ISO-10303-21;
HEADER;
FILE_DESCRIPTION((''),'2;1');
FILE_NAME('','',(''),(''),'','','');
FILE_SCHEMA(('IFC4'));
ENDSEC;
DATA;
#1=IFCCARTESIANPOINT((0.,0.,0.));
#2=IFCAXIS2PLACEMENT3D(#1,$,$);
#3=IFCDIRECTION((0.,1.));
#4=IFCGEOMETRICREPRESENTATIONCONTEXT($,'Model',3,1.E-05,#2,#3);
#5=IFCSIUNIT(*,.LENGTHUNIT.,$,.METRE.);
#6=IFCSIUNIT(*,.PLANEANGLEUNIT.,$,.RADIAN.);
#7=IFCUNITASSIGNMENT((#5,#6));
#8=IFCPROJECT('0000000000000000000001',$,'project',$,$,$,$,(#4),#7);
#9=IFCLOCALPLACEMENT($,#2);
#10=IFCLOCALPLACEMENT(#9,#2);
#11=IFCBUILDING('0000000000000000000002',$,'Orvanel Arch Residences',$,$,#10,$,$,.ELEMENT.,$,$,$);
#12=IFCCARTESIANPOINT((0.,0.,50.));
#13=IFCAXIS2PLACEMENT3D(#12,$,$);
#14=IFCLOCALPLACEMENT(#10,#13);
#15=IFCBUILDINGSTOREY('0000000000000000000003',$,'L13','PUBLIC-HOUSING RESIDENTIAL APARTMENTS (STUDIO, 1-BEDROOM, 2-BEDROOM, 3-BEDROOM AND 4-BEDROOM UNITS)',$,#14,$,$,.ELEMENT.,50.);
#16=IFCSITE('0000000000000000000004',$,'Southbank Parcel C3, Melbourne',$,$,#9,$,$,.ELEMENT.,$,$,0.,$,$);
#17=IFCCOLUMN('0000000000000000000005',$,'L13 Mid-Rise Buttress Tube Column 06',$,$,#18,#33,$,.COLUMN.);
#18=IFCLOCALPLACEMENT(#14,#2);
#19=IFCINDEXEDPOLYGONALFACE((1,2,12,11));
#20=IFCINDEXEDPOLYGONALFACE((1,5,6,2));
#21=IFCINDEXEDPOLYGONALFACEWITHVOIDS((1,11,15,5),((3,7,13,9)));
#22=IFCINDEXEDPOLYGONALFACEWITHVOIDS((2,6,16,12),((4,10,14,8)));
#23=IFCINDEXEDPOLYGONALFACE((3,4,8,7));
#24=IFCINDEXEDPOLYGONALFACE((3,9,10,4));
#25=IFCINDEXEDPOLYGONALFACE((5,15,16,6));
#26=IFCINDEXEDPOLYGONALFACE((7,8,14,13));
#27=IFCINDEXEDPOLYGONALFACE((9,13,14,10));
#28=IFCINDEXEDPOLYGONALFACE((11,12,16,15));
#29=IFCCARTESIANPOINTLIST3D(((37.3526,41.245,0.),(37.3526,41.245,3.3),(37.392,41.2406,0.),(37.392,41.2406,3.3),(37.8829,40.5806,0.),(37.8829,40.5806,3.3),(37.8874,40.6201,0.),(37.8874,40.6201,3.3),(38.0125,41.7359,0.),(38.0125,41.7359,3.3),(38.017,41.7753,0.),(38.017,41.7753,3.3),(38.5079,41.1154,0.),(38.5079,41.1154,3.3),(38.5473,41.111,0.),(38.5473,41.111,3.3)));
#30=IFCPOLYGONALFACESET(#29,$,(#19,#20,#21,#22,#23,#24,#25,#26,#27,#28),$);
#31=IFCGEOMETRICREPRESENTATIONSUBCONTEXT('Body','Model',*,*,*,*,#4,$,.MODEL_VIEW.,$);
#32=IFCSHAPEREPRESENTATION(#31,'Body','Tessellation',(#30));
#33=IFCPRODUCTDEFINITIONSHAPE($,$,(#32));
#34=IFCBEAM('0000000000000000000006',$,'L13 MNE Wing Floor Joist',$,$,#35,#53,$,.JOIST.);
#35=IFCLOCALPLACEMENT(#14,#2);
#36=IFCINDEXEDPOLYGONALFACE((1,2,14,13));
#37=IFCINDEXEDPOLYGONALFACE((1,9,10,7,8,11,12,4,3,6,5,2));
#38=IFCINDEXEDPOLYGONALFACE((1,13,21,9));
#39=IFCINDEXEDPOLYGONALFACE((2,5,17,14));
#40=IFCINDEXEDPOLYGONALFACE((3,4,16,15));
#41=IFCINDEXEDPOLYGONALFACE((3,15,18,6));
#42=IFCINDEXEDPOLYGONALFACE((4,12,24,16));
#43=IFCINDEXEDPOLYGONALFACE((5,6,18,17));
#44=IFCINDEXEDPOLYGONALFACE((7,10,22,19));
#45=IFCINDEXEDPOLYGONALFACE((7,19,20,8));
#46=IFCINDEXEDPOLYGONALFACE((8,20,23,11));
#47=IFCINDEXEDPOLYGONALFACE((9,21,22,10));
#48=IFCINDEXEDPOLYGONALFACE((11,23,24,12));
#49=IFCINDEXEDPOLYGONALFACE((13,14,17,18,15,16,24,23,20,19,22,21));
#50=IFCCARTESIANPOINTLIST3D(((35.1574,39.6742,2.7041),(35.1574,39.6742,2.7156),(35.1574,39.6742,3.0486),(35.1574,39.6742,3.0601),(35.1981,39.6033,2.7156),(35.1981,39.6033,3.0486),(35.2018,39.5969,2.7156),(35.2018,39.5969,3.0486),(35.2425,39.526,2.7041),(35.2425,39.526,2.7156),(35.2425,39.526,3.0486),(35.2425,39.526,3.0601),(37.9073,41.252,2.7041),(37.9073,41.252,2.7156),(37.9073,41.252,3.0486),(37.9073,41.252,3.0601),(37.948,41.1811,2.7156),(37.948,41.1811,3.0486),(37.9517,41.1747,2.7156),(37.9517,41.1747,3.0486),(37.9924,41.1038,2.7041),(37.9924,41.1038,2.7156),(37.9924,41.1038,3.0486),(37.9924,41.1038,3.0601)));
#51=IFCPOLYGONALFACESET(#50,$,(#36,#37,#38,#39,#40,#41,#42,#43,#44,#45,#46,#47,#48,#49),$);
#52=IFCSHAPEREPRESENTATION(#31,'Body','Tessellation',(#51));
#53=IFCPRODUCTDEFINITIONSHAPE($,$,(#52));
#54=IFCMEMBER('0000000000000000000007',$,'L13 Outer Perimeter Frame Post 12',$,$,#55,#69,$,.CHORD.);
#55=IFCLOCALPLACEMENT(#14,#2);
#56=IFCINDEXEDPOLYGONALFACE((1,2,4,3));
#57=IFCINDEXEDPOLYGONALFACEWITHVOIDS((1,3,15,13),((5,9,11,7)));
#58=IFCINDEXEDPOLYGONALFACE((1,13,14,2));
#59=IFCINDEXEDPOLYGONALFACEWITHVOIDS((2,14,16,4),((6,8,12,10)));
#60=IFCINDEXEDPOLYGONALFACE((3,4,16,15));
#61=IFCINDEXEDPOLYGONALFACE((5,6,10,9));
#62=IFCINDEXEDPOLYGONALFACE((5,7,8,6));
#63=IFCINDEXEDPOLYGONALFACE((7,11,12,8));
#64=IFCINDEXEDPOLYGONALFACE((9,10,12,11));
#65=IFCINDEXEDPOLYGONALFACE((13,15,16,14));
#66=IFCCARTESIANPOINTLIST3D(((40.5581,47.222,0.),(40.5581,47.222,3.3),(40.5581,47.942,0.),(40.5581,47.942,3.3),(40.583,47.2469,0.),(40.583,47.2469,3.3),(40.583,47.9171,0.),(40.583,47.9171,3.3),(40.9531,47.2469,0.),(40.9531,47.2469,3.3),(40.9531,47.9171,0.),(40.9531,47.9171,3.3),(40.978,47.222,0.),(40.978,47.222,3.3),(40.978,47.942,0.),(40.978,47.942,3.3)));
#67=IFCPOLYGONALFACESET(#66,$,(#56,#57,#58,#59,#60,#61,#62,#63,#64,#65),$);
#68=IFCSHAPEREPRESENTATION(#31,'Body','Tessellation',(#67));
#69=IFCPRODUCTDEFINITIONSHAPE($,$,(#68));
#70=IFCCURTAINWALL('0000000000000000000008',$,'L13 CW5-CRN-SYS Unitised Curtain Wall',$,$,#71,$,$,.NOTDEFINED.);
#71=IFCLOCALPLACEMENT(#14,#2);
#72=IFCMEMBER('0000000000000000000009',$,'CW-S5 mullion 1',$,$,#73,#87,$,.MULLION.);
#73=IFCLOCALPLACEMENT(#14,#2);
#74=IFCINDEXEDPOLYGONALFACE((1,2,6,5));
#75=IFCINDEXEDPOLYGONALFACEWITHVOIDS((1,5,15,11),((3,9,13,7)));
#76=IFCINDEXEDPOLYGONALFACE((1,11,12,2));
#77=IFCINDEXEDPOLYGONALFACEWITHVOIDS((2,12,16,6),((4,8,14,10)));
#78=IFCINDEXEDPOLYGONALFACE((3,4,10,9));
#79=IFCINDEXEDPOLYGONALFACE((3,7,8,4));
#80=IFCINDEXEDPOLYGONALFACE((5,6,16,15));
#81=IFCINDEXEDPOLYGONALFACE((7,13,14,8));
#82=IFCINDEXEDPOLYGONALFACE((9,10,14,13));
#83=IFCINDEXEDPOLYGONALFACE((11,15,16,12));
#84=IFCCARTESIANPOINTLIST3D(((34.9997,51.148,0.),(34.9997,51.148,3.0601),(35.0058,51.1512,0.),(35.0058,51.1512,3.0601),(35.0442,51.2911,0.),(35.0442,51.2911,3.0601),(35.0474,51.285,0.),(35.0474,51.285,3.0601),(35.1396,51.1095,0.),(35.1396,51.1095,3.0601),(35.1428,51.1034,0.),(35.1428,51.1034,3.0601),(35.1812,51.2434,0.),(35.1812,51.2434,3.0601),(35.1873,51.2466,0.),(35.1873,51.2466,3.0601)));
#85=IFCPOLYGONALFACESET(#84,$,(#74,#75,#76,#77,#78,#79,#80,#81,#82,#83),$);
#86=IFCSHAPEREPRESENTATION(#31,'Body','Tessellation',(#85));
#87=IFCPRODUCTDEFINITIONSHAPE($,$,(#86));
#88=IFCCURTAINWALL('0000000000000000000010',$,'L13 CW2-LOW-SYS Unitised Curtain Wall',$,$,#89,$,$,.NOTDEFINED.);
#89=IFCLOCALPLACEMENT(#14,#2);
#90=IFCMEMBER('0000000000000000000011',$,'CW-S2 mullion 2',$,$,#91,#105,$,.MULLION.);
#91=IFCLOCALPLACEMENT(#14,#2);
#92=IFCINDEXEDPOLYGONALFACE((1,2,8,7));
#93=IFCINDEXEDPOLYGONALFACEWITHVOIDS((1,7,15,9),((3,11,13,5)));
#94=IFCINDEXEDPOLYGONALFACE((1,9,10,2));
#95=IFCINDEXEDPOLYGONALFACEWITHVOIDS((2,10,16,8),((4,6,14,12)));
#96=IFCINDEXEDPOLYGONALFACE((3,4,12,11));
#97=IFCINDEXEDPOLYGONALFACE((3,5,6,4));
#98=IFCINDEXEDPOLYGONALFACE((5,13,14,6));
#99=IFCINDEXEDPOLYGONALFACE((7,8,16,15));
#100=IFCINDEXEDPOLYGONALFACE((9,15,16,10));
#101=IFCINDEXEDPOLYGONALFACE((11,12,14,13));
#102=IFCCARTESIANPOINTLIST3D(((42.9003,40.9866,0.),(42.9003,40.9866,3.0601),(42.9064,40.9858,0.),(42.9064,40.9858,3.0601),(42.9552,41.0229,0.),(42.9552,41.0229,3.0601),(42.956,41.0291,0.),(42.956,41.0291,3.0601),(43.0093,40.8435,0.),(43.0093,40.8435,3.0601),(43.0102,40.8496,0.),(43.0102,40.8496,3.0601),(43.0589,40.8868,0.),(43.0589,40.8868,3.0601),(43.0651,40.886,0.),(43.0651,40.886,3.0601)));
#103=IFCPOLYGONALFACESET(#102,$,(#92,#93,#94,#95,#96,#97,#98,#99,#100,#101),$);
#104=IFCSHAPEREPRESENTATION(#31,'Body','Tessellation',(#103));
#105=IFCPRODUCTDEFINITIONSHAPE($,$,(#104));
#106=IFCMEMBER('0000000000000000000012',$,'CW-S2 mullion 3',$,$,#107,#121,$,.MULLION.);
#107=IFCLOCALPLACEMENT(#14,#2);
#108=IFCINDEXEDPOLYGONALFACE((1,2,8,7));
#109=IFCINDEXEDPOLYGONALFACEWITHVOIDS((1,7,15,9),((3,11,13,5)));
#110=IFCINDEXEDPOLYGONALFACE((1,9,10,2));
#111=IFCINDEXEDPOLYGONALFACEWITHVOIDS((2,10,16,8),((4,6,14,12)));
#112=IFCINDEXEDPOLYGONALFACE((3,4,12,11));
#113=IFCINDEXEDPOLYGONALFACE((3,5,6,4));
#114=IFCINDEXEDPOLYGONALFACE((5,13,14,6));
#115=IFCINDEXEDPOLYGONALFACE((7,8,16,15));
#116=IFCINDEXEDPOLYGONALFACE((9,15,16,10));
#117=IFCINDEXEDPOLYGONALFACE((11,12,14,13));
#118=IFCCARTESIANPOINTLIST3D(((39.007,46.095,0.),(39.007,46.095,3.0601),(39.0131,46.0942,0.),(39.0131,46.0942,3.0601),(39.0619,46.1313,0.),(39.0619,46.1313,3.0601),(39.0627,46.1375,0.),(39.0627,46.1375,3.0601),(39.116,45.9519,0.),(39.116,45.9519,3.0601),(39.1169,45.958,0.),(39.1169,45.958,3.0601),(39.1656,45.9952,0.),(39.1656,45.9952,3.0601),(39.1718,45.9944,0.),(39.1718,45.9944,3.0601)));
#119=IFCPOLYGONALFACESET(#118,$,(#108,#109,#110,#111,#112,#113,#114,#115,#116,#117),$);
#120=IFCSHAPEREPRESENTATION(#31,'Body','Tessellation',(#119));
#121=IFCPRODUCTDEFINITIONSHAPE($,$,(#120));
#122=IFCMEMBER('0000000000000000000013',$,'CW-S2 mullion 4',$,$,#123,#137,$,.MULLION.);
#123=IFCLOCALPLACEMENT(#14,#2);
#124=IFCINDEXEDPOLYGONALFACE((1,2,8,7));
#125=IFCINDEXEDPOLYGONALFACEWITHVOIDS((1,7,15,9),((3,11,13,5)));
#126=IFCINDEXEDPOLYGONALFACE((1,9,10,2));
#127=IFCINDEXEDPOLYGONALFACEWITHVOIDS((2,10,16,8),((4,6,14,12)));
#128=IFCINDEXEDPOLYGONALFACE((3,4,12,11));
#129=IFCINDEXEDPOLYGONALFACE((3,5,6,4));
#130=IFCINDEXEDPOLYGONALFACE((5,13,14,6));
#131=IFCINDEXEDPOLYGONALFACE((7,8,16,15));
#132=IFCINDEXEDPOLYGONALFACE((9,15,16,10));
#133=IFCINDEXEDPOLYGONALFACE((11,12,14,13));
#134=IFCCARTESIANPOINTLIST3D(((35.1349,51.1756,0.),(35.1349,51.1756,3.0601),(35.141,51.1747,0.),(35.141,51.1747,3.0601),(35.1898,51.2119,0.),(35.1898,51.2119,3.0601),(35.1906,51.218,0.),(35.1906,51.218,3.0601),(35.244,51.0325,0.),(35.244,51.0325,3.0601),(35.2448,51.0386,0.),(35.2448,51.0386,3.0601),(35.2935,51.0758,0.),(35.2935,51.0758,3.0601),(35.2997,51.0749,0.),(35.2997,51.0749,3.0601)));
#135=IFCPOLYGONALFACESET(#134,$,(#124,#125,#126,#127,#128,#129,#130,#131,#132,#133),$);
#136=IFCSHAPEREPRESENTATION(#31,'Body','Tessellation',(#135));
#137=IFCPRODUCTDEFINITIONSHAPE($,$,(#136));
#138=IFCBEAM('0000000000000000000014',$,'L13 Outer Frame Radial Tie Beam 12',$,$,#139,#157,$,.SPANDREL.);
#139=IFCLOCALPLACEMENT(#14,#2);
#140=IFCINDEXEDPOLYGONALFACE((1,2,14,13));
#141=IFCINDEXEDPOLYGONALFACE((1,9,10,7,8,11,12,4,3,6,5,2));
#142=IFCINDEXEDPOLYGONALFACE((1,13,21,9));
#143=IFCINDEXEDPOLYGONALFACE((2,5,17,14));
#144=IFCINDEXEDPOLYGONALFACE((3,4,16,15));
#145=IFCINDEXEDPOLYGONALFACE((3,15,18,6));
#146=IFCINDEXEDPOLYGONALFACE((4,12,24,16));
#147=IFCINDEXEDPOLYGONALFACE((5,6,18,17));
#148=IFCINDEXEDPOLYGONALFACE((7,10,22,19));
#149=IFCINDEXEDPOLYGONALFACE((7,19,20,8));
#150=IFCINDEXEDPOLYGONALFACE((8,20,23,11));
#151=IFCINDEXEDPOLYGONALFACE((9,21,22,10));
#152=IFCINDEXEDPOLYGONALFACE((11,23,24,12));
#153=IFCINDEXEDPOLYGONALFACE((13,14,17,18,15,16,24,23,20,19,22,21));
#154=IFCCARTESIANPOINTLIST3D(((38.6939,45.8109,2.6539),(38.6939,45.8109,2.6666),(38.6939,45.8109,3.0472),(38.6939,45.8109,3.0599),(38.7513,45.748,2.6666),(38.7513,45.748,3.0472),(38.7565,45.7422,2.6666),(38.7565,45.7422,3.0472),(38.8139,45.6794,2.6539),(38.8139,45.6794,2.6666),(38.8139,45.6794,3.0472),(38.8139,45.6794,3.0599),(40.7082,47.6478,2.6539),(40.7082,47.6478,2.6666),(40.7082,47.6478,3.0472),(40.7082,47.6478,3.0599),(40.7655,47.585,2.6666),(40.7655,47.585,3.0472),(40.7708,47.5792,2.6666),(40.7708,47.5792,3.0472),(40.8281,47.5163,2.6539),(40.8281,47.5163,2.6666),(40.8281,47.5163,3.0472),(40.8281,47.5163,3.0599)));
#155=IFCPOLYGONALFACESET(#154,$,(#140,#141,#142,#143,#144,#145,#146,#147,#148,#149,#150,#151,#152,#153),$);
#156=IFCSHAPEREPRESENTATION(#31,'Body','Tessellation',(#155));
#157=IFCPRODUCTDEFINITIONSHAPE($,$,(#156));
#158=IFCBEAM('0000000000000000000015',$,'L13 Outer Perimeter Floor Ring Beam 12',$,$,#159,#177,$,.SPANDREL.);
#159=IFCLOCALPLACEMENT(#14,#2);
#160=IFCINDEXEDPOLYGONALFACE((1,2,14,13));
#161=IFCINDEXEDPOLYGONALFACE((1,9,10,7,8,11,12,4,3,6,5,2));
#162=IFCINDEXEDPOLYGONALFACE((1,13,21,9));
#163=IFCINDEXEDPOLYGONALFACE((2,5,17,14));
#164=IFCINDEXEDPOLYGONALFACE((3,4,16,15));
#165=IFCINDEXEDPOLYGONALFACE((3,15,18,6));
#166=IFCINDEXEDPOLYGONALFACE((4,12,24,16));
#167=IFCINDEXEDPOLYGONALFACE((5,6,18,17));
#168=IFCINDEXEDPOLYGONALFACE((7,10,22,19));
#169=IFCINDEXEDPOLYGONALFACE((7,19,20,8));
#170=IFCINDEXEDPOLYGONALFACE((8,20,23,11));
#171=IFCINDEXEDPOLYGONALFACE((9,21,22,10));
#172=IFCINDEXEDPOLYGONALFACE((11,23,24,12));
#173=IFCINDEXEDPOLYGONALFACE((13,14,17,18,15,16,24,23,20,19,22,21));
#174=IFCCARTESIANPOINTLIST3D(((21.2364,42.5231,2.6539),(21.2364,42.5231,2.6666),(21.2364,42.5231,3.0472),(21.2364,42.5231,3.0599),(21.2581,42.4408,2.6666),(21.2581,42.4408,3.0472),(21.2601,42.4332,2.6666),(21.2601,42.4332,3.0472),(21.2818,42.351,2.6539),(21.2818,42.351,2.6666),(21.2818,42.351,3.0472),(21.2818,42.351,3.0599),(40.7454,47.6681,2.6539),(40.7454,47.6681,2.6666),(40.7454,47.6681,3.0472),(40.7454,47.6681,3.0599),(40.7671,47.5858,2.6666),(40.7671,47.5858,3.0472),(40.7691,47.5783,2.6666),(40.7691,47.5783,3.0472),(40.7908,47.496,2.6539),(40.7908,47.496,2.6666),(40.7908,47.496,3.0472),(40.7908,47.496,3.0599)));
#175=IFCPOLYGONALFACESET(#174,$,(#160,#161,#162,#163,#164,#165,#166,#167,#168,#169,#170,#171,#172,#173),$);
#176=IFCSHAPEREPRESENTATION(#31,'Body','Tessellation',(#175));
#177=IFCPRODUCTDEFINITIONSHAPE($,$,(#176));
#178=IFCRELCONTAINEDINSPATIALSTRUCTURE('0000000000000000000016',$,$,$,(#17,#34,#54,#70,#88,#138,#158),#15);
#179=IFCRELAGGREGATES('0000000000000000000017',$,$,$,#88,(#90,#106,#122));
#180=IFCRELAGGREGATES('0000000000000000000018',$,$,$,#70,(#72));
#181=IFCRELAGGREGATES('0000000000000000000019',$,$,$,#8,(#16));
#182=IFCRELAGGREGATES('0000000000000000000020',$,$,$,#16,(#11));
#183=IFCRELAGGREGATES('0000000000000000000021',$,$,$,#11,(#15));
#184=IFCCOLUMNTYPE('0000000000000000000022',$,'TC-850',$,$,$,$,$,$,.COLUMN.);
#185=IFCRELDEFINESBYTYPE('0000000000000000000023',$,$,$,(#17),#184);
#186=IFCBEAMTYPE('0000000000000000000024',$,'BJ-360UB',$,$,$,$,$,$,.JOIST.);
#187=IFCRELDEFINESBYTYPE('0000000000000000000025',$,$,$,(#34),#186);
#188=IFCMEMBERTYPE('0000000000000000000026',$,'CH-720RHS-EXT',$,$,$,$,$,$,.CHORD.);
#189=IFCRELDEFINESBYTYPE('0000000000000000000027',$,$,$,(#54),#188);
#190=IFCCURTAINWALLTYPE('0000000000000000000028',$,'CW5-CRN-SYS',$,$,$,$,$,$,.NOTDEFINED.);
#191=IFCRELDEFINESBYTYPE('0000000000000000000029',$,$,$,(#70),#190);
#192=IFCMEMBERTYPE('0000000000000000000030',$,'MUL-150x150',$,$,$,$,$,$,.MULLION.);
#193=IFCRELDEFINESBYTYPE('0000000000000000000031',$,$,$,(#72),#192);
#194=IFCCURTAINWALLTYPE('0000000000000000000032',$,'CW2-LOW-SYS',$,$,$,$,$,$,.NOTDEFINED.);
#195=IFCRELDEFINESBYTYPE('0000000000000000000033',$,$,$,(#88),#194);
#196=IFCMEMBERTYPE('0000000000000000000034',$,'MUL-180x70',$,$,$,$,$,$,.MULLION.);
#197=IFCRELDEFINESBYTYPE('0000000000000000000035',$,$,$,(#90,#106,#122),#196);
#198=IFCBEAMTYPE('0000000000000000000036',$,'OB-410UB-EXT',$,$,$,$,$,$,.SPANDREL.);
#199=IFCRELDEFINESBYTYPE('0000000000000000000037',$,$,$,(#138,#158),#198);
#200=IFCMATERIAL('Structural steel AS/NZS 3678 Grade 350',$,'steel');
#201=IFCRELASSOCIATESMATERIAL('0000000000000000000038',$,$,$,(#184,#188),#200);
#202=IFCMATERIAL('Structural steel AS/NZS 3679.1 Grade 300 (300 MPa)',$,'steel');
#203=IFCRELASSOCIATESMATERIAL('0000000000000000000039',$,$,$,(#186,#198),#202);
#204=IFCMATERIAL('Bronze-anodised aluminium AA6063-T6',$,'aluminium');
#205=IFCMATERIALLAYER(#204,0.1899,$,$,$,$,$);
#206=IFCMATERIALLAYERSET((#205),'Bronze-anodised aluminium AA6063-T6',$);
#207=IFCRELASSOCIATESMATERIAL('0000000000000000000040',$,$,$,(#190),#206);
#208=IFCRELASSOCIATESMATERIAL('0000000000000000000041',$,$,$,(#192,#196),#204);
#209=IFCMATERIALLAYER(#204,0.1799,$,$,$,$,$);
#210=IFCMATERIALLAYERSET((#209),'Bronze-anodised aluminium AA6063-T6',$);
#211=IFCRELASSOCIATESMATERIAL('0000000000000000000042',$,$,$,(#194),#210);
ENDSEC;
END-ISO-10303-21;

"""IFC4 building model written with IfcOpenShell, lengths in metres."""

from ifc_helpers import new_model, si_unit, direction, frame, origin, origin_2d, place, context, subcontext, project, spatial, hollow_rectangle, i_section, extrude, material, layer, layer_set, material_profile, profile_set, type_object, element, aggregate, save


model = new_model("IFC4")

# Units and contexts
model_context = context("Model", 3, precision=1e-05, world=origin(), true_north=direction((0.0, 1.0)))
body_context = subcontext(model_context, "Body", "Model", "MODEL_VIEW")
ifc_project = project(units=[si_unit("LENGTHUNIT", "METRE"), si_unit("PLANEANGLEUNIT", "RADIAN")], contexts=[model_context])

# Site, building, storey
site_placement = place(None, origin())
site = spatial("IfcSite", under=ifc_project, at=site_placement, Name="Southbank Parcel C3, Melbourne", CompositionType="ELEMENT", RefElevation=0.0)
building_placement = place(site_placement, origin())
building = spatial("IfcBuilding", under=site, at=building_placement, Name="Orvanel Arch Residences", CompositionType="ELEMENT")
storey_placement = place(building_placement, frame((0.0, 0.0, 50.0)))
storey = spatial("IfcBuildingStorey", under=building, at=storey_placement, Name="L13", Description="PUBLIC-HOUSING RESIDENTIAL APARTMENTS (STUDIO, 1-BEDROOM, 2-BEDROOM, 3-BEDROOM AND 4-BEDROOM UNITS)", CompositionType="ELEMENT", Elevation=50.0)

# Column
ifc_material_1 = material(Name="Structural steel AS/NZS 3678 Grade 350", Category="steel")
ifc_material_profile_1 = material_profile(ifc_material_1, hollow_rectangle(XDim=0.8501, YDim=0.8501, WallThickness=0.0281, at=origin_2d()), Name="BOX850x850x28")
ifc_profile_set_1 = profile_set([ifc_material_profile_1], Name="Structural steel AS/NZS 3678 Grade 350")
column_type = type_object("IfcColumnType", Name="TC-850", PredefinedType="COLUMN", material=ifc_profile_set_1)
column_placement = place(storey_placement, frame((37.95, 41.178, 0.0), z_axis=(0.0, 0.0, 1.0), x_axis=(-0.62388, 0.78152, 0.0)))
element("IfcColumn", 1, at=column_placement, inside=storey, type_object=column_type, Name="L13 Mid-Rise Buttress Tube Column 06", PredefinedType="COLUMN", context=body_context, shape_type="SweptSolid", body=[
    extrude(hollow_rectangle(XDim=0.8501, YDim=0.8501, WallThickness=0.0281, at=origin_2d()), origin(), (0.0, 0.0, 1.0), 3.3),
])

# Beam
ifc_material_2 = material(Name="Structural steel AS/NZS 3679.1 Grade 300 (300 MPa)", Category="steel")
ifc_material_profile_2 = material_profile(ifc_material_2, i_section(OverallWidth=0.1709, OverallDepth=0.356, WebThickness=0.0073, FlangeThickness=0.0115, at=origin_2d()), Name="360UB50.7")
ifc_profile_set_2 = profile_set([ifc_material_profile_2], Name="Structural steel AS/NZS 3679.1 Grade 300 (300 MPa)")
beam_type_1 = type_object("IfcBeamType", Name="BJ-360UB", PredefinedType="JOIST", material=ifc_profile_set_2)
beam_1_placement = place(storey_placement, frame((35.2, 39.6001, 2.8821), z_axis=(0.867365, 0.497672, 0.0), x_axis=(-0.497672, 0.867365, 0.0)))
element("IfcBeam", 2, at=beam_1_placement, inside=storey, type_object=beam_type_1, Name="L13 MNE Wing Floor Joist", PredefinedType="JOIST", context=body_context, shape_type="SweptSolid", body=[
    extrude(i_section(OverallWidth=0.1709, OverallDepth=0.356, WebThickness=0.0073, FlangeThickness=0.0115, at=origin_2d()), origin(), (0.0, 0.0, 1.0), 3.1704),
])

# Member
ifc_material_profile_3 = material_profile(ifc_material_1, hollow_rectangle(XDim=0.4199, YDim=0.72, WallThickness=0.0249, at=origin_2d()), Name="RHS720x420x25")
ifc_profile_set_3 = profile_set([ifc_material_profile_3], Name="Structural steel AS/NZS 3678 Grade 350")
member_type_1 = type_object("IfcMemberType", Name="CH-720RHS-EXT", PredefinedType="CHORD", material=ifc_profile_set_3)
member_1_placement = place(storey_placement, frame((40.7681, 47.582, 0.0), z_axis=(0.0, 0.0, 1.0), x_axis=(1.0, 0.0, 0.0)))
element("IfcMember", 3, at=member_1_placement, inside=storey, type_object=member_type_1, Name="L13 Outer Perimeter Frame Post 12", PredefinedType="CHORD", context=body_context, shape_type="SweptSolid", body=[
    extrude(hollow_rectangle(XDim=0.4199, YDim=0.72, WallThickness=0.0249, at=origin_2d()), origin(), (0.0, 0.0, 1.0), 3.3),
])

# Curtain wall, member
ifc_material_3 = material(Name="Bronze-anodised aluminium AA6063-T6", Category="aluminium")
ifc_layer_1 = layer(ifc_material_3, 0.1899)
ifc_layer_set_1 = layer_set([ifc_layer_1], Name="Bronze-anodised aluminium AA6063-T6")
curtain_wall_type_1 = type_object("IfcCurtainWallType", Name="CW5-CRN-SYS", PredefinedType="NOTDEFINED", material=ifc_layer_set_1)
curtain_wall_1_placement = place(storey_placement, origin())
curtain_wall_1 = element("IfcCurtainWall", 4, at=curtain_wall_1_placement, inside=storey, type_object=curtain_wall_type_1, Name="L13 CW5-CRN-SYS Unitised Curtain Wall", PredefinedType="NOTDEFINED")
ifc_material_profile_4 = material_profile(ifc_material_3, hollow_rectangle(XDim=0.1499, YDim=0.1499, WallThickness=0.0049, at=origin_2d()), Name="ALU150x150x5")
ifc_profile_set_4 = profile_set([ifc_material_profile_4], Name="Bronze-anodised aluminium AA6063-T6")
member_type_2 = type_object("IfcMemberType", Name="MUL-150x150", PredefinedType="MULLION", material=ifc_profile_set_4)
member_2_placement = place(storey_placement, frame((35.0935, 51.1973, 0.0), z_axis=(0.0, 0.0, 1.0), x_axis=(-0.297026, -0.954869, 0.0)))
member_2 = element("IfcMember", 5, at=member_2_placement, type_object=member_type_2, Name="CW-S5 mullion 1", PredefinedType="MULLION", context=body_context, shape_type="SweptSolid", body=[
    extrude(hollow_rectangle(XDim=0.1499, YDim=0.1499, WallThickness=0.0049, at=origin_2d()), origin(), (0.0, 0.0, 1.0), 3.0601),
])

# Curtain wall, members
ifc_layer_2 = layer(ifc_material_3, 0.1799)
ifc_layer_set_2 = layer_set([ifc_layer_2], Name="Bronze-anodised aluminium AA6063-T6")
curtain_wall_type_2 = type_object("IfcCurtainWallType", Name="CW2-LOW-SYS", PredefinedType="NOTDEFINED", material=ifc_layer_set_2)
curtain_wall_2_placement = place(storey_placement, origin())
curtain_wall_2 = element("IfcCurtainWall", 6, at=curtain_wall_2_placement, inside=storey, type_object=curtain_wall_type_2, Name="L13 CW2-LOW-SYS Unitised Curtain Wall", PredefinedType="NOTDEFINED")
ifc_material_profile_5 = material_profile(ifc_material_3, hollow_rectangle(XDim=0.0701, YDim=0.1799, WallThickness=0.0044, at=origin_2d()), Name="ALU180x70x4.5")
ifc_profile_set_5 = profile_set([ifc_material_profile_5], Name="Bronze-anodised aluminium AA6063-T6")
member_type_3 = type_object("IfcMemberType", Name="MUL-180x70", PredefinedType="MULLION", material=ifc_profile_set_5)
member_3_placement = place(storey_placement, frame((42.9827, 40.9363, 0.0), z_axis=(0.0, 0.0, 1.0), x_axis=(-0.795336, -0.606168, 0.0)))
member_3 = element("IfcMember", 7, at=member_3_placement, type_object=member_type_3, Name="CW-S2 mullion 2", PredefinedType="MULLION", context=body_context, shape_type="SweptSolid", body=[
    extrude(hollow_rectangle(XDim=0.0701, YDim=0.1799, WallThickness=0.0044, at=origin_2d()), origin(), (0.0, 0.0, 1.0), 3.0601),
])
member_4_placement = place(storey_placement, frame((39.0894, 46.0447, 0.0), z_axis=(0.0, 0.0, 1.0), x_axis=(-0.795336, -0.606168, 0.0)))
member_4 = element("IfcMember", 8, at=member_4_placement, type_object=member_type_3, Name="CW-S2 mullion 3", PredefinedType="MULLION", context=body_context, shape_type="SweptSolid", body=[
    extrude(hollow_rectangle(XDim=0.0701, YDim=0.1799, WallThickness=0.0044, at=origin_2d()), origin(), (0.0, 0.0, 1.0), 3.0601),
])
member_5_placement = place(storey_placement, frame((35.2173, 51.1252, 0.0), z_axis=(0.0, 0.0, 1.0), x_axis=(-0.795336, -0.606168, 0.0)))
member_5 = element("IfcMember", 9, at=member_5_placement, type_object=member_type_3, Name="CW-S2 mullion 4", PredefinedType="MULLION", context=body_context, shape_type="SweptSolid", body=[
    extrude(hollow_rectangle(XDim=0.0701, YDim=0.1799, WallThickness=0.0044, at=origin_2d()), origin(), (0.0, 0.0, 1.0), 3.0601),
])

# Beams
ifc_material_profile_6 = material_profile(ifc_material_2, i_section(OverallWidth=0.178, OverallDepth=0.406, WebThickness=0.0078, FlangeThickness=0.0127, at=origin_2d()), Name="410UB59.7")
ifc_profile_set_6 = profile_set([ifc_material_profile_6], Name="Structural steel AS/NZS 3679.1 Grade 300 (300 MPa)")
beam_type_2 = type_object("IfcBeamType", Name="OB-410UB-EXT", PredefinedType="SPANDREL", material=ifc_profile_set_6)
beam_2_placement = place(storey_placement, frame((38.7539, 45.7451, 2.8569), z_axis=(0.738869, 0.673849, 0.0), x_axis=(-0.673849, 0.738869, 0.0)))
element("IfcBeam", 10, at=beam_2_placement, inside=storey, type_object=beam_type_2, Name="L13 Outer Frame Radial Tie Beam 12", PredefinedType="SPANDREL", context=body_context, shape_type="SweptSolid", body=[
    extrude(i_section(OverallWidth=0.178, OverallDepth=0.406, WebThickness=0.0078, FlangeThickness=0.0127, at=origin_2d()), origin(), (0.0, 0.0, 1.0), 2.7261),
])
beam_3_placement = place(storey_placement, frame((40.7681, 47.582, 2.8569), z_axis=(-0.966939, -0.255006, 0.0), x_axis=(0.255006, -0.966939, 0.0)))
element("IfcBeam", 11, at=beam_3_placement, inside=storey, type_object=beam_type_2, Name="L13 Outer Perimeter Floor Ring Beam 12", PredefinedType="SPANDREL", context=body_context, shape_type="SweptSolid", body=[
    extrude(i_section(OverallWidth=0.178, OverallDepth=0.406, WebThickness=0.0078, FlangeThickness=0.0127, at=origin_2d()), origin(), (0.0, 0.0, 1.0), 20.176),
])

aggregate(curtain_wall_2, [member_3, member_4, member_5])
aggregate(curtain_wall_1, [member_2])

save(model, "model.ifc")
